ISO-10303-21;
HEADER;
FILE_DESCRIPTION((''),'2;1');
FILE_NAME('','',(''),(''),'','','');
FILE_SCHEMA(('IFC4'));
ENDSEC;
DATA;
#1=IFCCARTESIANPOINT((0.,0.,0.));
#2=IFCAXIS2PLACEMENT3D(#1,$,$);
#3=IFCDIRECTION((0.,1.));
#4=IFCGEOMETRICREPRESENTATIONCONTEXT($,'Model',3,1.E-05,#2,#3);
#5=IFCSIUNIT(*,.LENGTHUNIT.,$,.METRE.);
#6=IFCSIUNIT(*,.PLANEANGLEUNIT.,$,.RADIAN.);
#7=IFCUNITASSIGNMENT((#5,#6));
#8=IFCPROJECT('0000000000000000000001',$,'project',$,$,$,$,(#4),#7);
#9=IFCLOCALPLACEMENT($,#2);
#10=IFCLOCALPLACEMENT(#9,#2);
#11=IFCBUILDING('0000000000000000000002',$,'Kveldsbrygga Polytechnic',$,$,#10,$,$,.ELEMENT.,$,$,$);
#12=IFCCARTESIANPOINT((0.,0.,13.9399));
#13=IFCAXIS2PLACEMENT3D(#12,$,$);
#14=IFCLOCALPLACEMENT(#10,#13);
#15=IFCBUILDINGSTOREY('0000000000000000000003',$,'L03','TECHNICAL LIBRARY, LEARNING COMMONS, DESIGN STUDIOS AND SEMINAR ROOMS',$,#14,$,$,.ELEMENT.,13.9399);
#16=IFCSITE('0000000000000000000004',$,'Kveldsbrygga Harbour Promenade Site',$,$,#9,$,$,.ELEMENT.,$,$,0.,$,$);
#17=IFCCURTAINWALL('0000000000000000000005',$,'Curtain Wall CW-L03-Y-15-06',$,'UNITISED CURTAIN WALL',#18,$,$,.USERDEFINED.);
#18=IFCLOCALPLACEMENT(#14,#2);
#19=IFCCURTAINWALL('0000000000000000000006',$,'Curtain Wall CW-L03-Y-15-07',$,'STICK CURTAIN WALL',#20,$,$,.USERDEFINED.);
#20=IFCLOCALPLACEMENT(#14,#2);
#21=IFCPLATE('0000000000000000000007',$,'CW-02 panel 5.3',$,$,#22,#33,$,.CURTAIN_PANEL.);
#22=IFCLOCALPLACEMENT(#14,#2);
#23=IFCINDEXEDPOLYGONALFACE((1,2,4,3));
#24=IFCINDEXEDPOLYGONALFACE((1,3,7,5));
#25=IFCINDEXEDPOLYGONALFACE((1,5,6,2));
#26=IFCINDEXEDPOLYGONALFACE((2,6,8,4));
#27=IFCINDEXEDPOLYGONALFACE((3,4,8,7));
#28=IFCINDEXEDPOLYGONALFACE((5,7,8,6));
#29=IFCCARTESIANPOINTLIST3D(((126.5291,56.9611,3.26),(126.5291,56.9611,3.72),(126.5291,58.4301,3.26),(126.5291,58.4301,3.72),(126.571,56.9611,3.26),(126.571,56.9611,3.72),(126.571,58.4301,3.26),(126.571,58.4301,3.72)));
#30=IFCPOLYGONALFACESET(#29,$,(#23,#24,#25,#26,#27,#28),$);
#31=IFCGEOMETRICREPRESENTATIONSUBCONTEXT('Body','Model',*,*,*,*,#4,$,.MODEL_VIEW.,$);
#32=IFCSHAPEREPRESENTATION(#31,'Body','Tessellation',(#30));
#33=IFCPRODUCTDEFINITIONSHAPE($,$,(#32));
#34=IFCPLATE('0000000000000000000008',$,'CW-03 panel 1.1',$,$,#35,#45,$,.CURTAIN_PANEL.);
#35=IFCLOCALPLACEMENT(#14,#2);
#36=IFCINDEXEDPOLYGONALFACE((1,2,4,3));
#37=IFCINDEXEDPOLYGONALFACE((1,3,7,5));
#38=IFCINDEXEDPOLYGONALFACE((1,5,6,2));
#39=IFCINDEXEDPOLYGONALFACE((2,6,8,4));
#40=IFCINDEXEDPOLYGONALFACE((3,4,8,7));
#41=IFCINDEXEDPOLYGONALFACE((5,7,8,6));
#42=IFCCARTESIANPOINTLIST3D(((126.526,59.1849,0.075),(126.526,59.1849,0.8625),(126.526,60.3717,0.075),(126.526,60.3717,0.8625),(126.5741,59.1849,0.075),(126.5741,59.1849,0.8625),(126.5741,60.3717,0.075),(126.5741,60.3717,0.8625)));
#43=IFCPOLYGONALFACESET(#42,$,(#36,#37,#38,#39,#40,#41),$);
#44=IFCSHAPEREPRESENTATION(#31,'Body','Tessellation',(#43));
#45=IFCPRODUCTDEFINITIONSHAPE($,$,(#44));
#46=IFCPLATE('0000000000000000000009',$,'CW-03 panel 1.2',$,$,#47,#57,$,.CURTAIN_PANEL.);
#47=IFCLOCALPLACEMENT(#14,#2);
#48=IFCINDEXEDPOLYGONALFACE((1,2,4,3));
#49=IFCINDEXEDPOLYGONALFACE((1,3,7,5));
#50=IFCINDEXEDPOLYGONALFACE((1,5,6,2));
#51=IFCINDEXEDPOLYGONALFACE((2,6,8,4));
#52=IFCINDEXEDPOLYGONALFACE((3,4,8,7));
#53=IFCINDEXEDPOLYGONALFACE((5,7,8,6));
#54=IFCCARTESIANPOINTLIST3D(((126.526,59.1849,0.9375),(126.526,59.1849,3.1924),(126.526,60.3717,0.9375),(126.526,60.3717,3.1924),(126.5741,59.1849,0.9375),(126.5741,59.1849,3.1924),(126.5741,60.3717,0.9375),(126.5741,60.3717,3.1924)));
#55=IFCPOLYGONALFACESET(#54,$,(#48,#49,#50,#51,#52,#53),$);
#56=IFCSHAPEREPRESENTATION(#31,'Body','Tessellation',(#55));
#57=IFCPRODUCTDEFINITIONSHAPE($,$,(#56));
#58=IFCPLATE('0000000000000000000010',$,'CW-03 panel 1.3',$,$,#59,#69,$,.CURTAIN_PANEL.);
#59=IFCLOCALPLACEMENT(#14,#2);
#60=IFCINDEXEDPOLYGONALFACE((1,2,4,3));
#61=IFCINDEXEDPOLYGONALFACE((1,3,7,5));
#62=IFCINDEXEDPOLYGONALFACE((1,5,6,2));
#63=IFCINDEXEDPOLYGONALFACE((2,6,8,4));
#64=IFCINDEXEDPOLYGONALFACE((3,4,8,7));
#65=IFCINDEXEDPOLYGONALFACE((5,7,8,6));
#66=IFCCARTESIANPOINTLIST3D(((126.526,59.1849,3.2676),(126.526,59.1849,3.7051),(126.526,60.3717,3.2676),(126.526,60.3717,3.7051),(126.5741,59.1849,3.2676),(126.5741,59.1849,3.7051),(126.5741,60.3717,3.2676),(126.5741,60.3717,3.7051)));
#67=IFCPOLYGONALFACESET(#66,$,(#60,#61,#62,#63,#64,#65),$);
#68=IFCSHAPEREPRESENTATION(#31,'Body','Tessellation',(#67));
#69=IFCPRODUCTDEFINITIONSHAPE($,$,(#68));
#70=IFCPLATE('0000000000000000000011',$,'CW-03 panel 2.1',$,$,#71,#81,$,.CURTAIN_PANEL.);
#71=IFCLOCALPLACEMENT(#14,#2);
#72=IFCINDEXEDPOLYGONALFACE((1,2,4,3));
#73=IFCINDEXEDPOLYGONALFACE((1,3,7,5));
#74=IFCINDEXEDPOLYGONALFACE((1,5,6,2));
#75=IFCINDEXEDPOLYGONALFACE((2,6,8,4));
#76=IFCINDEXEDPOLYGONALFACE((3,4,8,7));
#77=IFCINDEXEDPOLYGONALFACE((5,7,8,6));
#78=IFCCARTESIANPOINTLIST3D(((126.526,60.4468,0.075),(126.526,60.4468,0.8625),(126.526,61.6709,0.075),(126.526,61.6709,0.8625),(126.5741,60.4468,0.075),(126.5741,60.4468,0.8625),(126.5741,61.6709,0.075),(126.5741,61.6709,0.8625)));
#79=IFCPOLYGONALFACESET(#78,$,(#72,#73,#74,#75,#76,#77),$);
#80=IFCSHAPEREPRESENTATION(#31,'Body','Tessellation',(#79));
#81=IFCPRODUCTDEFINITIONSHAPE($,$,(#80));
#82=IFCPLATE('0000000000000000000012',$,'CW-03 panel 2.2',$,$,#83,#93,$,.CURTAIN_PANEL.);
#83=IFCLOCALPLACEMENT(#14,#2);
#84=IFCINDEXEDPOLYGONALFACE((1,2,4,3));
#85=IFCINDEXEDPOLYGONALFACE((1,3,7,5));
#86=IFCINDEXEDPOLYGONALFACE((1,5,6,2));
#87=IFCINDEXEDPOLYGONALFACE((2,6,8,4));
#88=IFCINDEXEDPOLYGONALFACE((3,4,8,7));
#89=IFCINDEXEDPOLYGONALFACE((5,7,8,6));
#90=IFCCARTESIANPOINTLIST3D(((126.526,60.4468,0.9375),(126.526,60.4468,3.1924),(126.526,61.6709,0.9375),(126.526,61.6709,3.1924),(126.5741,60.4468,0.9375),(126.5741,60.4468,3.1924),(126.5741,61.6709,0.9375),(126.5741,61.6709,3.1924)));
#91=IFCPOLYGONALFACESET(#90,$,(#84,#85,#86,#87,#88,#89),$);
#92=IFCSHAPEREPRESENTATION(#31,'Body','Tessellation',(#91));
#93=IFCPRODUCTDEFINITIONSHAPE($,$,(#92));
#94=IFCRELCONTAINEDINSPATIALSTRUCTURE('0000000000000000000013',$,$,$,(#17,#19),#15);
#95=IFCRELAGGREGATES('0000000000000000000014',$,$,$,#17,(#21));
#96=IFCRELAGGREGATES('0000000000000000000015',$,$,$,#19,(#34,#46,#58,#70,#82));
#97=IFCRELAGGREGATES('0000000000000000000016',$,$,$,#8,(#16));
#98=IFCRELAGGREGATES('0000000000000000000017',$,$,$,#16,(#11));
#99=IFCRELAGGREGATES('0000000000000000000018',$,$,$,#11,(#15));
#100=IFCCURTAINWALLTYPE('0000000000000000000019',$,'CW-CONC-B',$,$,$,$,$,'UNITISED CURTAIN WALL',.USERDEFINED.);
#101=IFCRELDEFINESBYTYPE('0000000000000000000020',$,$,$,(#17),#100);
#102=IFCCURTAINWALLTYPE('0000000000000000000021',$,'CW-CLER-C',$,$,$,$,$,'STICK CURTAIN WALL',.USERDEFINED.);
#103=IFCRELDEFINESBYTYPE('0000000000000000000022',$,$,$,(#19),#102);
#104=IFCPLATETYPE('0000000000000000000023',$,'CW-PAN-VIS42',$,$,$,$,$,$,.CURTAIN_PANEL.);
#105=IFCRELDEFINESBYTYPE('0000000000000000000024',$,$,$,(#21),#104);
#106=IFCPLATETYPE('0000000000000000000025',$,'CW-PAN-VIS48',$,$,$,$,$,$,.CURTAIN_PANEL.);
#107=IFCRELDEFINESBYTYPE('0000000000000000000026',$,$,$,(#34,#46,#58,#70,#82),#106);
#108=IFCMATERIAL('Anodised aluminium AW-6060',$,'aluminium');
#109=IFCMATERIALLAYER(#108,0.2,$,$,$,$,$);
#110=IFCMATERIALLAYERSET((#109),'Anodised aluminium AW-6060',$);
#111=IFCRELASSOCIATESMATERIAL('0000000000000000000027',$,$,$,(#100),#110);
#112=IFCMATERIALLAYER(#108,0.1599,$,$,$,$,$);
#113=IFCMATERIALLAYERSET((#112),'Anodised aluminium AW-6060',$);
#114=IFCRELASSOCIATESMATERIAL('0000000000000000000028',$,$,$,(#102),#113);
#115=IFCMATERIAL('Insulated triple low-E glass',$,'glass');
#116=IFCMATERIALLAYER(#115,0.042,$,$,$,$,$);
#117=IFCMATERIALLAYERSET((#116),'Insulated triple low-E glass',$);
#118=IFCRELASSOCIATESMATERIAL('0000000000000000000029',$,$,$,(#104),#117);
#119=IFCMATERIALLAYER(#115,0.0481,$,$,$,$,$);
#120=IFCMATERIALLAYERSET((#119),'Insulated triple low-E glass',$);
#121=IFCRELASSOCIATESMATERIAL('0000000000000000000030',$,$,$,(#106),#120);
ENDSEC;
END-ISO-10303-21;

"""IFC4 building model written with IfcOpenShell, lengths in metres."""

from ifc_helpers import new_model, si_unit, direction, frame, origin, origin_2d, place, context, subcontext, project, spatial, rectangle, extrude, material, layer, layer_set, type_object, element, aggregate, save


model = new_model("IFC4")

# Units and contexts
model_context = context("Model", 3, precision=1e-05, world=origin(), true_north=direction((0.0, 1.0)))
body_context = subcontext(model_context, "Body", "Model", "MODEL_VIEW")
ifc_project = project(units=[si_unit("LENGTHUNIT", "METRE"), si_unit("PLANEANGLEUNIT", "RADIAN")], contexts=[model_context])

# Site, building, storey
site_placement = place(None, origin())
site = spatial("IfcSite", under=ifc_project, at=site_placement, Name="Kveldsbrygga Harbour Promenade Site", CompositionType="ELEMENT", RefElevation=0.0)
building_placement = place(site_placement, origin())
building = spatial("IfcBuilding", under=site, at=building_placement, Name="Kveldsbrygga Polytechnic", CompositionType="ELEMENT")
storey_placement = place(building_placement, frame((0.0, 0.0, 13.9399)))
storey = spatial("IfcBuildingStorey", under=building, at=storey_placement, Name="L03", Description="TECHNICAL LIBRARY, LEARNING COMMONS, DESIGN STUDIOS AND SEMINAR ROOMS", CompositionType="ELEMENT", Elevation=13.9399)

# Curtain wall
ifc_material_1 = material(Name="Anodised aluminium AW-6060", Category="aluminium")
ifc_layer_1 = layer(ifc_material_1, 0.2)
ifc_layer_set_1 = layer_set([ifc_layer_1], Name="Anodised aluminium AW-6060")
curtain_wall_type_1 = type_object("IfcCurtainWallType", Name="CW-CONC-B", ElementType="UNITISED CURTAIN WALL", PredefinedType="USERDEFINED", material=ifc_layer_set_1)
curtain_wall_1_placement = place(storey_placement, origin())
curtain_wall_1 = element("IfcCurtainWall", 1, at=curtain_wall_1_placement, inside=storey, type_object=curtain_wall_type_1, Name="Curtain Wall CW-L03-Y-15-06", ObjectType="UNITISED CURTAIN WALL", PredefinedType="USERDEFINED")

# Curtain wall
ifc_layer_2 = layer(ifc_material_1, 0.1599)
ifc_layer_set_2 = layer_set([ifc_layer_2], Name="Anodised aluminium AW-6060")
curtain_wall_type_2 = type_object("IfcCurtainWallType", Name="CW-CLER-C", ElementType="STICK CURTAIN WALL", PredefinedType="USERDEFINED", material=ifc_layer_set_2)
curtain_wall_2_placement = place(storey_placement, origin())
curtain_wall_2 = element("IfcCurtainWall", 2, at=curtain_wall_2_placement, inside=storey, type_object=curtain_wall_type_2, Name="Curtain Wall CW-L03-Y-15-07", ObjectType="STICK CURTAIN WALL", PredefinedType="USERDEFINED")

# Plates
ifc_material_2 = material(Name="Insulated triple low-E glass", Category="glass")
ifc_layer_3 = layer(ifc_material_2, 0.042)
ifc_layer_set_3 = layer_set([ifc_layer_3], Name="Insulated triple low-E glass")
plate_type_1 = type_object("IfcPlateType", Name="CW-PAN-VIS42", PredefinedType="CURTAIN_PANEL", material=ifc_layer_set_3)
plate_1_placement = place(storey_placement, frame((126.55, 57.6956, 3.26), z_axis=(0.0, 0.0, 1.0), x_axis=(0.0, 1.0, 0.0)))
plate_1 = element("IfcPlate", 3, at=plate_1_placement, type_object=plate_type_1, Name="CW-02 panel 5.3", PredefinedType="CURTAIN_PANEL", context=body_context, shape_type="SweptSolid", body=[
    extrude(rectangle(XDim=1.469, YDim=0.042, at=origin_2d()), origin(), (0.0, 0.0, 1.0), 0.46),
])
aggregate(curtain_wall_1, [plate_1])
ifc_layer_4 = layer(ifc_material_2, 0.0481)
ifc_layer_set_4 = layer_set([ifc_layer_4], Name="Insulated triple low-E glass")
plate_type_2 = type_object("IfcPlateType", Name="CW-PAN-VIS48", PredefinedType="CURTAIN_PANEL", material=ifc_layer_set_4)
plate_2_placement = place(storey_placement, frame((126.55, 59.7783, 0.075), z_axis=(0.0, 0.0, 1.0), x_axis=(0.0, 1.0, 0.0)))
plate_2 = element("IfcPlate", 4, at=plate_2_placement, type_object=plate_type_2, Name="CW-03 panel 1.1", PredefinedType="CURTAIN_PANEL", context=body_context, shape_type="SweptSolid", body=[
    extrude(rectangle(XDim=1.1868, YDim=0.0481, at=origin_2d()), origin(), (0.0, 0.0, 1.0), 0.7876),
])
plate_3_placement = place(storey_placement, frame((126.55, 59.7783, 0.9375), z_axis=(0.0, 0.0, 1.0), x_axis=(0.0, 1.0, 0.0)))
plate_3 = element("IfcPlate", 5, at=plate_3_placement, type_object=plate_type_2, Name="CW-03 panel 1.2", PredefinedType="CURTAIN_PANEL", context=body_context, shape_type="SweptSolid", body=[
    extrude(rectangle(XDim=1.1868, YDim=0.0481, at=origin_2d()), origin(), (0.0, 0.0, 1.0), 2.2549),
])
plate_4_placement = place(storey_placement, frame((126.55, 59.7783, 3.2676), z_axis=(0.0, 0.0, 1.0), x_axis=(0.0, 1.0, 0.0)))
plate_4 = element("IfcPlate", 6, at=plate_4_placement, type_object=plate_type_2, Name="CW-03 panel 1.3", PredefinedType="CURTAIN_PANEL", context=body_context, shape_type="SweptSolid", body=[
    extrude(rectangle(XDim=1.1868, YDim=0.0481, at=origin_2d()), origin(), (0.0, 0.0, 1.0), 0.4375),
])
plate_5_placement = place(storey_placement, frame((126.55, 61.0588, 0.075), z_axis=(0.0, 0.0, 1.0), x_axis=(0.0, 1.0, 0.0)))
plate_5 = element("IfcPlate", 7, at=plate_5_placement, type_object=plate_type_2, Name="CW-03 panel 2.1", PredefinedType="CURTAIN_PANEL", context=body_context, shape_type="SweptSolid", body=[
    extrude(rectangle(XDim=1.2241, YDim=0.0481, at=origin_2d()), origin(), (0.0, 0.0, 1.0), 0.7876),
])
plate_6_placement = place(storey_placement, frame((126.55, 61.0588, 0.9375), z_axis=(0.0, 0.0, 1.0), x_axis=(0.0, 1.0, 0.0)))
plate_6 = element("IfcPlate", 8, at=plate_6_placement, type_object=plate_type_2, Name="CW-03 panel 2.2", PredefinedType="CURTAIN_PANEL", context=body_context, shape_type="SweptSolid", body=[
    extrude(rectangle(XDim=1.2241, YDim=0.0481, at=origin_2d()), origin(), (0.0, 0.0, 1.0), 2.2549),
])
aggregate(curtain_wall_2, [plate_2, plate_3, plate_4, plate_5, plate_6])

save(model, "model.ifc")
